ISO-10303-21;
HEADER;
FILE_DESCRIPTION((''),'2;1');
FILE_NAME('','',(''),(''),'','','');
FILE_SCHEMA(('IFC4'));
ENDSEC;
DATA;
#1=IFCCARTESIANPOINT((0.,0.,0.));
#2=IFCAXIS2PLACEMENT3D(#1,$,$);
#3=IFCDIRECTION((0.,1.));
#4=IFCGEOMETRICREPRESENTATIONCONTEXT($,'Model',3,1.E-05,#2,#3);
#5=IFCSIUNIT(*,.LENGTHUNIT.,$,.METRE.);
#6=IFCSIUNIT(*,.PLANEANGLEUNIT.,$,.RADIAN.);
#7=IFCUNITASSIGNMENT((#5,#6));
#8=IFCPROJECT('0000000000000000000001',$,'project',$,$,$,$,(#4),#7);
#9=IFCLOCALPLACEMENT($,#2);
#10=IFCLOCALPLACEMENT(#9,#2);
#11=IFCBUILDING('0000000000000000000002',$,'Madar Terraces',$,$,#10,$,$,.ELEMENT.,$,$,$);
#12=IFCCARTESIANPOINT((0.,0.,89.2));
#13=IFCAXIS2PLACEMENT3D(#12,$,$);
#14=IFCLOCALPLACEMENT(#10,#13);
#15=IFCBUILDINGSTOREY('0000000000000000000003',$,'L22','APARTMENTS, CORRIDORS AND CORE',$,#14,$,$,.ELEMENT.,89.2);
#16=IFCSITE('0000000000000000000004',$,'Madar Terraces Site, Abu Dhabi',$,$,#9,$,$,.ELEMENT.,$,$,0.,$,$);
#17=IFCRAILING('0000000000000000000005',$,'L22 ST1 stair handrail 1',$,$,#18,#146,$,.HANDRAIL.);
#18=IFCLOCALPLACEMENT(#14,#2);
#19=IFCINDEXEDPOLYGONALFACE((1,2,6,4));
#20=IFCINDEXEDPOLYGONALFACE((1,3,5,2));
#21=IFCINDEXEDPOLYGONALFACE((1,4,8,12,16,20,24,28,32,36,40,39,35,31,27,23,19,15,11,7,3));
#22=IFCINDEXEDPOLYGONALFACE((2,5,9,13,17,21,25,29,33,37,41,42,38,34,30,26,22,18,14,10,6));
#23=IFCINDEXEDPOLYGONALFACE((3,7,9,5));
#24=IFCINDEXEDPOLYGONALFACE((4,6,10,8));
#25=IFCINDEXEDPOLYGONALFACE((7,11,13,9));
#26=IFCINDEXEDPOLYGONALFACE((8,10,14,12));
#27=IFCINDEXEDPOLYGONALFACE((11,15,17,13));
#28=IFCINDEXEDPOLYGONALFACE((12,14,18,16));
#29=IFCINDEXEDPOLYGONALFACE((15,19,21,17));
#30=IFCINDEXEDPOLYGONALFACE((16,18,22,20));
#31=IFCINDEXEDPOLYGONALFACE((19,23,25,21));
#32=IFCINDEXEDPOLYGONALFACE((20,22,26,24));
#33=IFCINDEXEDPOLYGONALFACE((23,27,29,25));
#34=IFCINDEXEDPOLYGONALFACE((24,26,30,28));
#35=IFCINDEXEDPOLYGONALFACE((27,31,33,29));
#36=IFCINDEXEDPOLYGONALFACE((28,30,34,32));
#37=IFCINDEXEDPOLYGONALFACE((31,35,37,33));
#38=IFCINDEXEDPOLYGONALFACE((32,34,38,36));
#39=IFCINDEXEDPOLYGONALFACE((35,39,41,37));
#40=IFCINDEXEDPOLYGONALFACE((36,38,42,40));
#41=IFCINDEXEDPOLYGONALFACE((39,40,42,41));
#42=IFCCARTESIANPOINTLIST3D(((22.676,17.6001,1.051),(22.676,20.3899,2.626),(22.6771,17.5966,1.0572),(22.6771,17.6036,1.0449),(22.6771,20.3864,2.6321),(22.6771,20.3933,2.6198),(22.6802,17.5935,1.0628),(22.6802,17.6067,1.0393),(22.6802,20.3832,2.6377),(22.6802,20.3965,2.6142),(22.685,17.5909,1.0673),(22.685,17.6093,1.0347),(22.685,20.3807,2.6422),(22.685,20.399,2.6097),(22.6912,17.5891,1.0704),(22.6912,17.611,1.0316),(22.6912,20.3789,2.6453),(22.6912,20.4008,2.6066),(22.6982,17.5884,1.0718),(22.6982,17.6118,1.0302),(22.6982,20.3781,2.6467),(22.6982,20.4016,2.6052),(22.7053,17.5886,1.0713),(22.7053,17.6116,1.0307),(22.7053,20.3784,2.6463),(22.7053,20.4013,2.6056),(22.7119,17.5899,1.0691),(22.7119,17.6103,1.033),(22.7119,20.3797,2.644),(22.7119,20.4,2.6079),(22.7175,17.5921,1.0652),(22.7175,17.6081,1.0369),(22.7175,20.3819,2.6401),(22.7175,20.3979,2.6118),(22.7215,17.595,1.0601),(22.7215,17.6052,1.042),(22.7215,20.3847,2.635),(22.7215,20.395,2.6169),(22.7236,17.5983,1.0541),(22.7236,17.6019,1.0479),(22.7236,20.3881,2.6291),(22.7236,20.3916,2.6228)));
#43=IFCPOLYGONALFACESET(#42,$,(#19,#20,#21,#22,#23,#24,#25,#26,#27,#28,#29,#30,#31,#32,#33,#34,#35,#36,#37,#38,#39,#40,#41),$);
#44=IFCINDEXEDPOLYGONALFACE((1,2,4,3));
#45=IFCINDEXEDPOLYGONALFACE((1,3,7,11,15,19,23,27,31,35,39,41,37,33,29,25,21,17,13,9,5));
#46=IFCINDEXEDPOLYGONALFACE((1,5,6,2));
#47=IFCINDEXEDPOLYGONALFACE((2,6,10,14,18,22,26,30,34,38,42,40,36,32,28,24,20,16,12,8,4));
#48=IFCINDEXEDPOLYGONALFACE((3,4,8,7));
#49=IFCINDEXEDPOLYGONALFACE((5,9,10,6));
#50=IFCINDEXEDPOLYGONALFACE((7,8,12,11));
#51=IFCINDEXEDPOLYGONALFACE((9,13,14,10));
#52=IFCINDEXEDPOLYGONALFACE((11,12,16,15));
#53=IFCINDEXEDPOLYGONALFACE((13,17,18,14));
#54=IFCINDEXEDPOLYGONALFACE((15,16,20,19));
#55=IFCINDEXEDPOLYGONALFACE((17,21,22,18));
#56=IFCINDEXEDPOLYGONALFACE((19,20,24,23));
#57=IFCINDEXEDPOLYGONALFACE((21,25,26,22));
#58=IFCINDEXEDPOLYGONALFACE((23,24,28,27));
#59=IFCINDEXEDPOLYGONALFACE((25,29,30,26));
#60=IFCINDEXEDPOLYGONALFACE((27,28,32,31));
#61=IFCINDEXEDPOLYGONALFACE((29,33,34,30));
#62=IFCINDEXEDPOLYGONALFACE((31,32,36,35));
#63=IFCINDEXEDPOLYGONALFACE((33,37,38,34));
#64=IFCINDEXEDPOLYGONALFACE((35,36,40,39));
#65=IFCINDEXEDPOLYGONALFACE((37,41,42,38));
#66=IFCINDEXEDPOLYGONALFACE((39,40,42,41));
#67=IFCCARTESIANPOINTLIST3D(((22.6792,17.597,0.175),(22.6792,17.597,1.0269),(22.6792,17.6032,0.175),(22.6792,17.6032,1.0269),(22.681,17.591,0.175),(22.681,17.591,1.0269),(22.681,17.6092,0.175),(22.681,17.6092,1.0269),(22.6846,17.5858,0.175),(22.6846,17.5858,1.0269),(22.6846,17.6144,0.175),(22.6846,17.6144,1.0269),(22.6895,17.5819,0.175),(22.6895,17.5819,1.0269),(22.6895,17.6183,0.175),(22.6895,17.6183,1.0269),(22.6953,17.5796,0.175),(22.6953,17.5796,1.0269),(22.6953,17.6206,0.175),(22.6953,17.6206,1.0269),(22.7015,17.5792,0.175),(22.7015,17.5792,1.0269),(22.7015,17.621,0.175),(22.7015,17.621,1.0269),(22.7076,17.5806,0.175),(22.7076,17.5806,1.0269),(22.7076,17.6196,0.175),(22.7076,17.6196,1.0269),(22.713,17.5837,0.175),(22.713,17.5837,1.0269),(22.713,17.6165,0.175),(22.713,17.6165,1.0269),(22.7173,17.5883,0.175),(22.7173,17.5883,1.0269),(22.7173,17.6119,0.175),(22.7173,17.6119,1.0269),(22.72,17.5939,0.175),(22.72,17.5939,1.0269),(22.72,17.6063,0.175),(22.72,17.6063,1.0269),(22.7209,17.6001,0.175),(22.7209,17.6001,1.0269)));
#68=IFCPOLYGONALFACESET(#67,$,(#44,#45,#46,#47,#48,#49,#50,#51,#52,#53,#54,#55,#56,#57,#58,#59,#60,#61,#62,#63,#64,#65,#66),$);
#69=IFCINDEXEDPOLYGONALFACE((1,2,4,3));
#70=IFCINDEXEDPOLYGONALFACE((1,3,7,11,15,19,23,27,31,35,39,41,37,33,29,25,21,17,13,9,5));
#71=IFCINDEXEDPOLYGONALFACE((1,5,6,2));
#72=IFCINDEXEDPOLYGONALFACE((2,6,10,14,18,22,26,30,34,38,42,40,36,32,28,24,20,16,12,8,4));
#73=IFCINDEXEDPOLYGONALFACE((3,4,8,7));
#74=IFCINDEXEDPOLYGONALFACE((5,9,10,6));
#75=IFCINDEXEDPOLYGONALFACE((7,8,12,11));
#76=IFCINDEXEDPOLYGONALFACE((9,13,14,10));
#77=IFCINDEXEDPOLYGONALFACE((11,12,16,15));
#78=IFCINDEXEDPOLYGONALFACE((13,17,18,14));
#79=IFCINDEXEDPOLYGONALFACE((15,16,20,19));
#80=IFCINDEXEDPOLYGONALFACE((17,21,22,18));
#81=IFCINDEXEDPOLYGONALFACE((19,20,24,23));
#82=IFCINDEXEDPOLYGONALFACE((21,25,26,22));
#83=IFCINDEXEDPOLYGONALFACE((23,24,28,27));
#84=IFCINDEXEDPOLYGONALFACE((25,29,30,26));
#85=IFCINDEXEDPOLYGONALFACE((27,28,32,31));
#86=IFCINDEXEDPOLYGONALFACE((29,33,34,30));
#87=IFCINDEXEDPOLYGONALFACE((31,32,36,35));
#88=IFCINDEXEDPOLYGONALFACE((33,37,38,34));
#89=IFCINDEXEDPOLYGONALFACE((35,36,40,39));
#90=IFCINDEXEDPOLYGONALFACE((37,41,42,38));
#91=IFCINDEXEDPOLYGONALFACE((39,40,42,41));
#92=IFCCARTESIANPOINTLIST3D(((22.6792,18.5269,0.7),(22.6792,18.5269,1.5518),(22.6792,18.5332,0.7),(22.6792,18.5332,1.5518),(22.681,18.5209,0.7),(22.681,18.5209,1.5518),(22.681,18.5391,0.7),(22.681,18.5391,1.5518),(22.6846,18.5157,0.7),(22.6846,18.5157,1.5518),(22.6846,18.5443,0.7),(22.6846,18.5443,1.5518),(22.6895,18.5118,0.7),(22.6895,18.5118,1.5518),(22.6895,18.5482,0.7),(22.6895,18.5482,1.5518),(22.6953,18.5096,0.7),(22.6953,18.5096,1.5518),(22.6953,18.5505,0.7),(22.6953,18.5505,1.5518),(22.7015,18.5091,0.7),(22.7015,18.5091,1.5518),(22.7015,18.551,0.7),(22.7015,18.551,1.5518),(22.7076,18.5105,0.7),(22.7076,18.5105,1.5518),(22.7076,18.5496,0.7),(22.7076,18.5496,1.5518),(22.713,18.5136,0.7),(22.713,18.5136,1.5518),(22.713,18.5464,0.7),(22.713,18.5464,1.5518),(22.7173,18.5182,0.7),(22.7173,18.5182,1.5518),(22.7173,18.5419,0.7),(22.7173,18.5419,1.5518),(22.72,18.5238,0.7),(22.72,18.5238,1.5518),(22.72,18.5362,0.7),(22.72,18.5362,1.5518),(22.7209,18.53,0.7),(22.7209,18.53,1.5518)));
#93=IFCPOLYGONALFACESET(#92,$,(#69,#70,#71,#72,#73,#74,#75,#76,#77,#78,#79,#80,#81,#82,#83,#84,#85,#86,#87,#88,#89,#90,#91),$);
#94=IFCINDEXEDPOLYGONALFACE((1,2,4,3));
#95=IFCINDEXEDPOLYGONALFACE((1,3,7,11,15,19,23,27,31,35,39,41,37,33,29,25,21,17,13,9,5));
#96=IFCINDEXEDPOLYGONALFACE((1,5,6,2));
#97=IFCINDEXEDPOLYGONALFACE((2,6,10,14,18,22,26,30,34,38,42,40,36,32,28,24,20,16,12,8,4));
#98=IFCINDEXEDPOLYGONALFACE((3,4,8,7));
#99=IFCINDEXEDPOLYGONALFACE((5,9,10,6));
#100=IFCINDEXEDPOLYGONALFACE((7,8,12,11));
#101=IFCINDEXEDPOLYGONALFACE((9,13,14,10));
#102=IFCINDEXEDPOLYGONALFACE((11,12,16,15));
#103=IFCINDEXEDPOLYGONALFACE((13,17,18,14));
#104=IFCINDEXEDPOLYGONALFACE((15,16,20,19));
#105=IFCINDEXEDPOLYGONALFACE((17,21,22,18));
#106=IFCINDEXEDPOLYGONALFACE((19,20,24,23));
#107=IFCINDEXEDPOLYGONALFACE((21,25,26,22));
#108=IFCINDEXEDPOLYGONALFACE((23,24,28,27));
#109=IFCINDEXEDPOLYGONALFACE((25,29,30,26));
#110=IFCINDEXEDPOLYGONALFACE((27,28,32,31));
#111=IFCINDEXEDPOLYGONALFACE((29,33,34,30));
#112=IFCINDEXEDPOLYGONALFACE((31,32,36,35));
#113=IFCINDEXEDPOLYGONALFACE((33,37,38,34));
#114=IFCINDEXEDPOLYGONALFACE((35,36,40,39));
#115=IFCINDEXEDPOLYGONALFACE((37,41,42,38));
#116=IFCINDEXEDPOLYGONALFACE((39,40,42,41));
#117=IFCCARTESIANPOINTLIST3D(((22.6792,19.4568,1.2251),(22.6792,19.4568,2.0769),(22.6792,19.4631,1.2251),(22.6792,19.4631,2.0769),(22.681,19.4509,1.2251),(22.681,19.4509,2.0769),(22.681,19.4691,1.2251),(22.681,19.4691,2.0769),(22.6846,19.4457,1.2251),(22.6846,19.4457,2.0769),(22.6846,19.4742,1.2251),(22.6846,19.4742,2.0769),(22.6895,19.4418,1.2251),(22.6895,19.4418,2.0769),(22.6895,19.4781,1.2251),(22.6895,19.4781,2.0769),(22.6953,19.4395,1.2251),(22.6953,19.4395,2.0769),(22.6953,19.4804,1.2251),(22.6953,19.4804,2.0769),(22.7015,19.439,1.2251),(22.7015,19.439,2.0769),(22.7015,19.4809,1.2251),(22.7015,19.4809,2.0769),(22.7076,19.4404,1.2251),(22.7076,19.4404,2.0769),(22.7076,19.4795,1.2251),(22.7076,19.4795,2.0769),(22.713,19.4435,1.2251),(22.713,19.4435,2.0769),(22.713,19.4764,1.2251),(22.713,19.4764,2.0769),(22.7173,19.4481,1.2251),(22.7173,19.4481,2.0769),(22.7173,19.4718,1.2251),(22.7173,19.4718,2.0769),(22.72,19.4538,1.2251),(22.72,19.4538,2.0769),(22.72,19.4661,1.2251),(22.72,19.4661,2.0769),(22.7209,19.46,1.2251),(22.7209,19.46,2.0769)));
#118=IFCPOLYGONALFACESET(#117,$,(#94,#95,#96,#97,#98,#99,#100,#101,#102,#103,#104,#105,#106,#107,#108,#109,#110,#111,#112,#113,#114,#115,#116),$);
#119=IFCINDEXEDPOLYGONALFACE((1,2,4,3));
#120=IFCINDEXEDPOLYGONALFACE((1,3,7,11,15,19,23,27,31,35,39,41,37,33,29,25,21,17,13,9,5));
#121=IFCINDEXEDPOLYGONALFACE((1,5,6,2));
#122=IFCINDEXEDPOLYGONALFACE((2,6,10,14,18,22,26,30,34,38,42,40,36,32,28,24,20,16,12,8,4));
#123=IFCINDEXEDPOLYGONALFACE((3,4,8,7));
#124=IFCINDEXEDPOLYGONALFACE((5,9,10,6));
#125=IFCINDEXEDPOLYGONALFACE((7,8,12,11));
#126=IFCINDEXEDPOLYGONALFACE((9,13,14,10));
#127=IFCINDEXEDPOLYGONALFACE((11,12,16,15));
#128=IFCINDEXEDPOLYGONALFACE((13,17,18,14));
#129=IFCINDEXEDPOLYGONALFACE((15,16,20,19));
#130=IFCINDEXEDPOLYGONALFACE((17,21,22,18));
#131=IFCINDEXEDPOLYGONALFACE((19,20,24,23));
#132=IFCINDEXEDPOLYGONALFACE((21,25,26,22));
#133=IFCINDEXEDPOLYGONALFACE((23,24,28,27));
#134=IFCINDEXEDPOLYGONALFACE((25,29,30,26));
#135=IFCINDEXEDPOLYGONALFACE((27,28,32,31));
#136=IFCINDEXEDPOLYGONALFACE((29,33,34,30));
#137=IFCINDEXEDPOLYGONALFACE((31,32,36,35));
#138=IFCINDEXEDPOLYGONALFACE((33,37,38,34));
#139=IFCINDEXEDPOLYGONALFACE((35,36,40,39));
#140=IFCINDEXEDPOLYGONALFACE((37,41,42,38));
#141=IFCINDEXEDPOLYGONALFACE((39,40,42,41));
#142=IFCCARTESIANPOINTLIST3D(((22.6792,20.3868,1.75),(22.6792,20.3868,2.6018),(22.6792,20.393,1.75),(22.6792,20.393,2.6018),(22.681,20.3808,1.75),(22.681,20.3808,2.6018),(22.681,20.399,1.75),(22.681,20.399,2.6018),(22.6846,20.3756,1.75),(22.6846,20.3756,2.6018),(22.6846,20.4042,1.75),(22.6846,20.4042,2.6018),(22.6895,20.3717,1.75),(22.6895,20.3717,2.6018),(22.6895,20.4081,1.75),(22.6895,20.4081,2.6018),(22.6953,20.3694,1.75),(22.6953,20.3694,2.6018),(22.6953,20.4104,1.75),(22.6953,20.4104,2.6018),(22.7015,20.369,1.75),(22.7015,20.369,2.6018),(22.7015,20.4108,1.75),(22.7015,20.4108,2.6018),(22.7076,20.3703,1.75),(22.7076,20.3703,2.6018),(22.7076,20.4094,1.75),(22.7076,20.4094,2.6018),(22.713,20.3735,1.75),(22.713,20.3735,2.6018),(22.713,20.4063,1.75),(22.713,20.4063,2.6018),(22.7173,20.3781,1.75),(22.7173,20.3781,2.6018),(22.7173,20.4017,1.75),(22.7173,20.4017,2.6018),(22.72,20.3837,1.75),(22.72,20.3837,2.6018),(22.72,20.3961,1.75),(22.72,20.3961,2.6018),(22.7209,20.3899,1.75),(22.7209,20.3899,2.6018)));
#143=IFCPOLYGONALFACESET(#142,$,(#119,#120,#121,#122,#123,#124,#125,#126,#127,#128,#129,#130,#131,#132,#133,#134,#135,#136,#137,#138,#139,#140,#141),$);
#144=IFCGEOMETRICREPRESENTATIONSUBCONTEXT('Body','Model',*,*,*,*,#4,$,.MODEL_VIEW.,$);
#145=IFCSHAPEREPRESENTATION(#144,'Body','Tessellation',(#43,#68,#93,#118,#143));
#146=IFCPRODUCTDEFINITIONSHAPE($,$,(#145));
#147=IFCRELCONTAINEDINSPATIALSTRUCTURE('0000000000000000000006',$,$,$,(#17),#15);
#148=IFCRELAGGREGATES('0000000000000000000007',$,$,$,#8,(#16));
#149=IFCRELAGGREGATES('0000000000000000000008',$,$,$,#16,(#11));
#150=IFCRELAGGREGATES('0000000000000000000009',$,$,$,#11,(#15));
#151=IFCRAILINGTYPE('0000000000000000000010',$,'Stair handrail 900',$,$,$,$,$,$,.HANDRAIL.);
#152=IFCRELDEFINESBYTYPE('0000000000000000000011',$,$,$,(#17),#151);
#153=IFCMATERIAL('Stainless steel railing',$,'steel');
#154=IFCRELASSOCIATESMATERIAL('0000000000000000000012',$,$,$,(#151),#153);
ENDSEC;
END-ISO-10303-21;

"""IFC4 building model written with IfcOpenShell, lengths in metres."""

from ifc_helpers import new_model, si_unit, direction, frame, origin, origin_2d, place, context, subcontext, project, spatial, circle, extrude, material, type_object, element, save


model = new_model("IFC4")

# Units and contexts
model_context = context("Model", 3, precision=1e-05, world=origin(), true_north=direction((0.0, 1.0)))
body_context = subcontext(model_context, "Body", "Model", "MODEL_VIEW")
ifc_project = project(units=[si_unit("LENGTHUNIT", "METRE"), si_unit("PLANEANGLEUNIT", "RADIAN")], contexts=[model_context])

# Site, building, storey
site_placement = place(None, origin())
site = spatial("IfcSite", under=ifc_project, at=site_placement, Name="Madar Terraces Site, Abu Dhabi", CompositionType="ELEMENT", RefElevation=0.0)
building_placement = place(site_placement, origin())
building = spatial("IfcBuilding", under=site, at=building_placement, Name="Madar Terraces", CompositionType="ELEMENT")
storey_placement = place(building_placement, frame((0.0, 0.0, 89.2)))
storey = spatial("IfcBuildingStorey", under=building, at=storey_placement, Name="L22", Description="APARTMENTS, CORRIDORS AND CORE", CompositionType="ELEMENT", Elevation=89.2)

# Railing
ifc_material_1 = material(Name="Stainless steel railing", Category="steel")
railing_type_1 = type_object("IfcRailingType", Name="Stair handrail 900", PredefinedType="HANDRAIL", material=ifc_material_1)
railing_1_placement = place(storey_placement, frame((22.7, 17.6001, 0.175)))
element("IfcRailing", 1, at=railing_1_placement, inside=storey, type_object=railing_type_1, Name="L22 ST1 stair handrail 1", PredefinedType="HANDRAIL", context=body_context, shape_type="SweptSolid", body=[
    extrude(circle(Radius=0.0239, at=origin_2d()), frame((0.0, 0.0, 0.876), z_axis=(0.0, 0.870815, 0.49161), x_axis=(-1.0, 0.0, 0.0)), (0.0, 0.0, 1.0), 3.2036),
    extrude(circle(Radius=0.021, at=origin_2d()), origin(), (0.0, 0.0, 1.0), 0.8518),
    extrude(circle(Radius=0.021, at=origin_2d()), frame((0.0, 0.9299, 0.5249)), (0.0, 0.0, 1.0), 0.8518),
    extrude(circle(Radius=0.021, at=origin_2d()), frame((0.0, 1.8599, 1.05)), (0.0, 0.0, 1.0), 0.8518),
    extrude(circle(Radius=0.021, at=origin_2d()), frame((0.0, 2.7898, 1.575)), (0.0, 0.0, 1.0), 0.8518),
])

save(model, "model.ifc")
